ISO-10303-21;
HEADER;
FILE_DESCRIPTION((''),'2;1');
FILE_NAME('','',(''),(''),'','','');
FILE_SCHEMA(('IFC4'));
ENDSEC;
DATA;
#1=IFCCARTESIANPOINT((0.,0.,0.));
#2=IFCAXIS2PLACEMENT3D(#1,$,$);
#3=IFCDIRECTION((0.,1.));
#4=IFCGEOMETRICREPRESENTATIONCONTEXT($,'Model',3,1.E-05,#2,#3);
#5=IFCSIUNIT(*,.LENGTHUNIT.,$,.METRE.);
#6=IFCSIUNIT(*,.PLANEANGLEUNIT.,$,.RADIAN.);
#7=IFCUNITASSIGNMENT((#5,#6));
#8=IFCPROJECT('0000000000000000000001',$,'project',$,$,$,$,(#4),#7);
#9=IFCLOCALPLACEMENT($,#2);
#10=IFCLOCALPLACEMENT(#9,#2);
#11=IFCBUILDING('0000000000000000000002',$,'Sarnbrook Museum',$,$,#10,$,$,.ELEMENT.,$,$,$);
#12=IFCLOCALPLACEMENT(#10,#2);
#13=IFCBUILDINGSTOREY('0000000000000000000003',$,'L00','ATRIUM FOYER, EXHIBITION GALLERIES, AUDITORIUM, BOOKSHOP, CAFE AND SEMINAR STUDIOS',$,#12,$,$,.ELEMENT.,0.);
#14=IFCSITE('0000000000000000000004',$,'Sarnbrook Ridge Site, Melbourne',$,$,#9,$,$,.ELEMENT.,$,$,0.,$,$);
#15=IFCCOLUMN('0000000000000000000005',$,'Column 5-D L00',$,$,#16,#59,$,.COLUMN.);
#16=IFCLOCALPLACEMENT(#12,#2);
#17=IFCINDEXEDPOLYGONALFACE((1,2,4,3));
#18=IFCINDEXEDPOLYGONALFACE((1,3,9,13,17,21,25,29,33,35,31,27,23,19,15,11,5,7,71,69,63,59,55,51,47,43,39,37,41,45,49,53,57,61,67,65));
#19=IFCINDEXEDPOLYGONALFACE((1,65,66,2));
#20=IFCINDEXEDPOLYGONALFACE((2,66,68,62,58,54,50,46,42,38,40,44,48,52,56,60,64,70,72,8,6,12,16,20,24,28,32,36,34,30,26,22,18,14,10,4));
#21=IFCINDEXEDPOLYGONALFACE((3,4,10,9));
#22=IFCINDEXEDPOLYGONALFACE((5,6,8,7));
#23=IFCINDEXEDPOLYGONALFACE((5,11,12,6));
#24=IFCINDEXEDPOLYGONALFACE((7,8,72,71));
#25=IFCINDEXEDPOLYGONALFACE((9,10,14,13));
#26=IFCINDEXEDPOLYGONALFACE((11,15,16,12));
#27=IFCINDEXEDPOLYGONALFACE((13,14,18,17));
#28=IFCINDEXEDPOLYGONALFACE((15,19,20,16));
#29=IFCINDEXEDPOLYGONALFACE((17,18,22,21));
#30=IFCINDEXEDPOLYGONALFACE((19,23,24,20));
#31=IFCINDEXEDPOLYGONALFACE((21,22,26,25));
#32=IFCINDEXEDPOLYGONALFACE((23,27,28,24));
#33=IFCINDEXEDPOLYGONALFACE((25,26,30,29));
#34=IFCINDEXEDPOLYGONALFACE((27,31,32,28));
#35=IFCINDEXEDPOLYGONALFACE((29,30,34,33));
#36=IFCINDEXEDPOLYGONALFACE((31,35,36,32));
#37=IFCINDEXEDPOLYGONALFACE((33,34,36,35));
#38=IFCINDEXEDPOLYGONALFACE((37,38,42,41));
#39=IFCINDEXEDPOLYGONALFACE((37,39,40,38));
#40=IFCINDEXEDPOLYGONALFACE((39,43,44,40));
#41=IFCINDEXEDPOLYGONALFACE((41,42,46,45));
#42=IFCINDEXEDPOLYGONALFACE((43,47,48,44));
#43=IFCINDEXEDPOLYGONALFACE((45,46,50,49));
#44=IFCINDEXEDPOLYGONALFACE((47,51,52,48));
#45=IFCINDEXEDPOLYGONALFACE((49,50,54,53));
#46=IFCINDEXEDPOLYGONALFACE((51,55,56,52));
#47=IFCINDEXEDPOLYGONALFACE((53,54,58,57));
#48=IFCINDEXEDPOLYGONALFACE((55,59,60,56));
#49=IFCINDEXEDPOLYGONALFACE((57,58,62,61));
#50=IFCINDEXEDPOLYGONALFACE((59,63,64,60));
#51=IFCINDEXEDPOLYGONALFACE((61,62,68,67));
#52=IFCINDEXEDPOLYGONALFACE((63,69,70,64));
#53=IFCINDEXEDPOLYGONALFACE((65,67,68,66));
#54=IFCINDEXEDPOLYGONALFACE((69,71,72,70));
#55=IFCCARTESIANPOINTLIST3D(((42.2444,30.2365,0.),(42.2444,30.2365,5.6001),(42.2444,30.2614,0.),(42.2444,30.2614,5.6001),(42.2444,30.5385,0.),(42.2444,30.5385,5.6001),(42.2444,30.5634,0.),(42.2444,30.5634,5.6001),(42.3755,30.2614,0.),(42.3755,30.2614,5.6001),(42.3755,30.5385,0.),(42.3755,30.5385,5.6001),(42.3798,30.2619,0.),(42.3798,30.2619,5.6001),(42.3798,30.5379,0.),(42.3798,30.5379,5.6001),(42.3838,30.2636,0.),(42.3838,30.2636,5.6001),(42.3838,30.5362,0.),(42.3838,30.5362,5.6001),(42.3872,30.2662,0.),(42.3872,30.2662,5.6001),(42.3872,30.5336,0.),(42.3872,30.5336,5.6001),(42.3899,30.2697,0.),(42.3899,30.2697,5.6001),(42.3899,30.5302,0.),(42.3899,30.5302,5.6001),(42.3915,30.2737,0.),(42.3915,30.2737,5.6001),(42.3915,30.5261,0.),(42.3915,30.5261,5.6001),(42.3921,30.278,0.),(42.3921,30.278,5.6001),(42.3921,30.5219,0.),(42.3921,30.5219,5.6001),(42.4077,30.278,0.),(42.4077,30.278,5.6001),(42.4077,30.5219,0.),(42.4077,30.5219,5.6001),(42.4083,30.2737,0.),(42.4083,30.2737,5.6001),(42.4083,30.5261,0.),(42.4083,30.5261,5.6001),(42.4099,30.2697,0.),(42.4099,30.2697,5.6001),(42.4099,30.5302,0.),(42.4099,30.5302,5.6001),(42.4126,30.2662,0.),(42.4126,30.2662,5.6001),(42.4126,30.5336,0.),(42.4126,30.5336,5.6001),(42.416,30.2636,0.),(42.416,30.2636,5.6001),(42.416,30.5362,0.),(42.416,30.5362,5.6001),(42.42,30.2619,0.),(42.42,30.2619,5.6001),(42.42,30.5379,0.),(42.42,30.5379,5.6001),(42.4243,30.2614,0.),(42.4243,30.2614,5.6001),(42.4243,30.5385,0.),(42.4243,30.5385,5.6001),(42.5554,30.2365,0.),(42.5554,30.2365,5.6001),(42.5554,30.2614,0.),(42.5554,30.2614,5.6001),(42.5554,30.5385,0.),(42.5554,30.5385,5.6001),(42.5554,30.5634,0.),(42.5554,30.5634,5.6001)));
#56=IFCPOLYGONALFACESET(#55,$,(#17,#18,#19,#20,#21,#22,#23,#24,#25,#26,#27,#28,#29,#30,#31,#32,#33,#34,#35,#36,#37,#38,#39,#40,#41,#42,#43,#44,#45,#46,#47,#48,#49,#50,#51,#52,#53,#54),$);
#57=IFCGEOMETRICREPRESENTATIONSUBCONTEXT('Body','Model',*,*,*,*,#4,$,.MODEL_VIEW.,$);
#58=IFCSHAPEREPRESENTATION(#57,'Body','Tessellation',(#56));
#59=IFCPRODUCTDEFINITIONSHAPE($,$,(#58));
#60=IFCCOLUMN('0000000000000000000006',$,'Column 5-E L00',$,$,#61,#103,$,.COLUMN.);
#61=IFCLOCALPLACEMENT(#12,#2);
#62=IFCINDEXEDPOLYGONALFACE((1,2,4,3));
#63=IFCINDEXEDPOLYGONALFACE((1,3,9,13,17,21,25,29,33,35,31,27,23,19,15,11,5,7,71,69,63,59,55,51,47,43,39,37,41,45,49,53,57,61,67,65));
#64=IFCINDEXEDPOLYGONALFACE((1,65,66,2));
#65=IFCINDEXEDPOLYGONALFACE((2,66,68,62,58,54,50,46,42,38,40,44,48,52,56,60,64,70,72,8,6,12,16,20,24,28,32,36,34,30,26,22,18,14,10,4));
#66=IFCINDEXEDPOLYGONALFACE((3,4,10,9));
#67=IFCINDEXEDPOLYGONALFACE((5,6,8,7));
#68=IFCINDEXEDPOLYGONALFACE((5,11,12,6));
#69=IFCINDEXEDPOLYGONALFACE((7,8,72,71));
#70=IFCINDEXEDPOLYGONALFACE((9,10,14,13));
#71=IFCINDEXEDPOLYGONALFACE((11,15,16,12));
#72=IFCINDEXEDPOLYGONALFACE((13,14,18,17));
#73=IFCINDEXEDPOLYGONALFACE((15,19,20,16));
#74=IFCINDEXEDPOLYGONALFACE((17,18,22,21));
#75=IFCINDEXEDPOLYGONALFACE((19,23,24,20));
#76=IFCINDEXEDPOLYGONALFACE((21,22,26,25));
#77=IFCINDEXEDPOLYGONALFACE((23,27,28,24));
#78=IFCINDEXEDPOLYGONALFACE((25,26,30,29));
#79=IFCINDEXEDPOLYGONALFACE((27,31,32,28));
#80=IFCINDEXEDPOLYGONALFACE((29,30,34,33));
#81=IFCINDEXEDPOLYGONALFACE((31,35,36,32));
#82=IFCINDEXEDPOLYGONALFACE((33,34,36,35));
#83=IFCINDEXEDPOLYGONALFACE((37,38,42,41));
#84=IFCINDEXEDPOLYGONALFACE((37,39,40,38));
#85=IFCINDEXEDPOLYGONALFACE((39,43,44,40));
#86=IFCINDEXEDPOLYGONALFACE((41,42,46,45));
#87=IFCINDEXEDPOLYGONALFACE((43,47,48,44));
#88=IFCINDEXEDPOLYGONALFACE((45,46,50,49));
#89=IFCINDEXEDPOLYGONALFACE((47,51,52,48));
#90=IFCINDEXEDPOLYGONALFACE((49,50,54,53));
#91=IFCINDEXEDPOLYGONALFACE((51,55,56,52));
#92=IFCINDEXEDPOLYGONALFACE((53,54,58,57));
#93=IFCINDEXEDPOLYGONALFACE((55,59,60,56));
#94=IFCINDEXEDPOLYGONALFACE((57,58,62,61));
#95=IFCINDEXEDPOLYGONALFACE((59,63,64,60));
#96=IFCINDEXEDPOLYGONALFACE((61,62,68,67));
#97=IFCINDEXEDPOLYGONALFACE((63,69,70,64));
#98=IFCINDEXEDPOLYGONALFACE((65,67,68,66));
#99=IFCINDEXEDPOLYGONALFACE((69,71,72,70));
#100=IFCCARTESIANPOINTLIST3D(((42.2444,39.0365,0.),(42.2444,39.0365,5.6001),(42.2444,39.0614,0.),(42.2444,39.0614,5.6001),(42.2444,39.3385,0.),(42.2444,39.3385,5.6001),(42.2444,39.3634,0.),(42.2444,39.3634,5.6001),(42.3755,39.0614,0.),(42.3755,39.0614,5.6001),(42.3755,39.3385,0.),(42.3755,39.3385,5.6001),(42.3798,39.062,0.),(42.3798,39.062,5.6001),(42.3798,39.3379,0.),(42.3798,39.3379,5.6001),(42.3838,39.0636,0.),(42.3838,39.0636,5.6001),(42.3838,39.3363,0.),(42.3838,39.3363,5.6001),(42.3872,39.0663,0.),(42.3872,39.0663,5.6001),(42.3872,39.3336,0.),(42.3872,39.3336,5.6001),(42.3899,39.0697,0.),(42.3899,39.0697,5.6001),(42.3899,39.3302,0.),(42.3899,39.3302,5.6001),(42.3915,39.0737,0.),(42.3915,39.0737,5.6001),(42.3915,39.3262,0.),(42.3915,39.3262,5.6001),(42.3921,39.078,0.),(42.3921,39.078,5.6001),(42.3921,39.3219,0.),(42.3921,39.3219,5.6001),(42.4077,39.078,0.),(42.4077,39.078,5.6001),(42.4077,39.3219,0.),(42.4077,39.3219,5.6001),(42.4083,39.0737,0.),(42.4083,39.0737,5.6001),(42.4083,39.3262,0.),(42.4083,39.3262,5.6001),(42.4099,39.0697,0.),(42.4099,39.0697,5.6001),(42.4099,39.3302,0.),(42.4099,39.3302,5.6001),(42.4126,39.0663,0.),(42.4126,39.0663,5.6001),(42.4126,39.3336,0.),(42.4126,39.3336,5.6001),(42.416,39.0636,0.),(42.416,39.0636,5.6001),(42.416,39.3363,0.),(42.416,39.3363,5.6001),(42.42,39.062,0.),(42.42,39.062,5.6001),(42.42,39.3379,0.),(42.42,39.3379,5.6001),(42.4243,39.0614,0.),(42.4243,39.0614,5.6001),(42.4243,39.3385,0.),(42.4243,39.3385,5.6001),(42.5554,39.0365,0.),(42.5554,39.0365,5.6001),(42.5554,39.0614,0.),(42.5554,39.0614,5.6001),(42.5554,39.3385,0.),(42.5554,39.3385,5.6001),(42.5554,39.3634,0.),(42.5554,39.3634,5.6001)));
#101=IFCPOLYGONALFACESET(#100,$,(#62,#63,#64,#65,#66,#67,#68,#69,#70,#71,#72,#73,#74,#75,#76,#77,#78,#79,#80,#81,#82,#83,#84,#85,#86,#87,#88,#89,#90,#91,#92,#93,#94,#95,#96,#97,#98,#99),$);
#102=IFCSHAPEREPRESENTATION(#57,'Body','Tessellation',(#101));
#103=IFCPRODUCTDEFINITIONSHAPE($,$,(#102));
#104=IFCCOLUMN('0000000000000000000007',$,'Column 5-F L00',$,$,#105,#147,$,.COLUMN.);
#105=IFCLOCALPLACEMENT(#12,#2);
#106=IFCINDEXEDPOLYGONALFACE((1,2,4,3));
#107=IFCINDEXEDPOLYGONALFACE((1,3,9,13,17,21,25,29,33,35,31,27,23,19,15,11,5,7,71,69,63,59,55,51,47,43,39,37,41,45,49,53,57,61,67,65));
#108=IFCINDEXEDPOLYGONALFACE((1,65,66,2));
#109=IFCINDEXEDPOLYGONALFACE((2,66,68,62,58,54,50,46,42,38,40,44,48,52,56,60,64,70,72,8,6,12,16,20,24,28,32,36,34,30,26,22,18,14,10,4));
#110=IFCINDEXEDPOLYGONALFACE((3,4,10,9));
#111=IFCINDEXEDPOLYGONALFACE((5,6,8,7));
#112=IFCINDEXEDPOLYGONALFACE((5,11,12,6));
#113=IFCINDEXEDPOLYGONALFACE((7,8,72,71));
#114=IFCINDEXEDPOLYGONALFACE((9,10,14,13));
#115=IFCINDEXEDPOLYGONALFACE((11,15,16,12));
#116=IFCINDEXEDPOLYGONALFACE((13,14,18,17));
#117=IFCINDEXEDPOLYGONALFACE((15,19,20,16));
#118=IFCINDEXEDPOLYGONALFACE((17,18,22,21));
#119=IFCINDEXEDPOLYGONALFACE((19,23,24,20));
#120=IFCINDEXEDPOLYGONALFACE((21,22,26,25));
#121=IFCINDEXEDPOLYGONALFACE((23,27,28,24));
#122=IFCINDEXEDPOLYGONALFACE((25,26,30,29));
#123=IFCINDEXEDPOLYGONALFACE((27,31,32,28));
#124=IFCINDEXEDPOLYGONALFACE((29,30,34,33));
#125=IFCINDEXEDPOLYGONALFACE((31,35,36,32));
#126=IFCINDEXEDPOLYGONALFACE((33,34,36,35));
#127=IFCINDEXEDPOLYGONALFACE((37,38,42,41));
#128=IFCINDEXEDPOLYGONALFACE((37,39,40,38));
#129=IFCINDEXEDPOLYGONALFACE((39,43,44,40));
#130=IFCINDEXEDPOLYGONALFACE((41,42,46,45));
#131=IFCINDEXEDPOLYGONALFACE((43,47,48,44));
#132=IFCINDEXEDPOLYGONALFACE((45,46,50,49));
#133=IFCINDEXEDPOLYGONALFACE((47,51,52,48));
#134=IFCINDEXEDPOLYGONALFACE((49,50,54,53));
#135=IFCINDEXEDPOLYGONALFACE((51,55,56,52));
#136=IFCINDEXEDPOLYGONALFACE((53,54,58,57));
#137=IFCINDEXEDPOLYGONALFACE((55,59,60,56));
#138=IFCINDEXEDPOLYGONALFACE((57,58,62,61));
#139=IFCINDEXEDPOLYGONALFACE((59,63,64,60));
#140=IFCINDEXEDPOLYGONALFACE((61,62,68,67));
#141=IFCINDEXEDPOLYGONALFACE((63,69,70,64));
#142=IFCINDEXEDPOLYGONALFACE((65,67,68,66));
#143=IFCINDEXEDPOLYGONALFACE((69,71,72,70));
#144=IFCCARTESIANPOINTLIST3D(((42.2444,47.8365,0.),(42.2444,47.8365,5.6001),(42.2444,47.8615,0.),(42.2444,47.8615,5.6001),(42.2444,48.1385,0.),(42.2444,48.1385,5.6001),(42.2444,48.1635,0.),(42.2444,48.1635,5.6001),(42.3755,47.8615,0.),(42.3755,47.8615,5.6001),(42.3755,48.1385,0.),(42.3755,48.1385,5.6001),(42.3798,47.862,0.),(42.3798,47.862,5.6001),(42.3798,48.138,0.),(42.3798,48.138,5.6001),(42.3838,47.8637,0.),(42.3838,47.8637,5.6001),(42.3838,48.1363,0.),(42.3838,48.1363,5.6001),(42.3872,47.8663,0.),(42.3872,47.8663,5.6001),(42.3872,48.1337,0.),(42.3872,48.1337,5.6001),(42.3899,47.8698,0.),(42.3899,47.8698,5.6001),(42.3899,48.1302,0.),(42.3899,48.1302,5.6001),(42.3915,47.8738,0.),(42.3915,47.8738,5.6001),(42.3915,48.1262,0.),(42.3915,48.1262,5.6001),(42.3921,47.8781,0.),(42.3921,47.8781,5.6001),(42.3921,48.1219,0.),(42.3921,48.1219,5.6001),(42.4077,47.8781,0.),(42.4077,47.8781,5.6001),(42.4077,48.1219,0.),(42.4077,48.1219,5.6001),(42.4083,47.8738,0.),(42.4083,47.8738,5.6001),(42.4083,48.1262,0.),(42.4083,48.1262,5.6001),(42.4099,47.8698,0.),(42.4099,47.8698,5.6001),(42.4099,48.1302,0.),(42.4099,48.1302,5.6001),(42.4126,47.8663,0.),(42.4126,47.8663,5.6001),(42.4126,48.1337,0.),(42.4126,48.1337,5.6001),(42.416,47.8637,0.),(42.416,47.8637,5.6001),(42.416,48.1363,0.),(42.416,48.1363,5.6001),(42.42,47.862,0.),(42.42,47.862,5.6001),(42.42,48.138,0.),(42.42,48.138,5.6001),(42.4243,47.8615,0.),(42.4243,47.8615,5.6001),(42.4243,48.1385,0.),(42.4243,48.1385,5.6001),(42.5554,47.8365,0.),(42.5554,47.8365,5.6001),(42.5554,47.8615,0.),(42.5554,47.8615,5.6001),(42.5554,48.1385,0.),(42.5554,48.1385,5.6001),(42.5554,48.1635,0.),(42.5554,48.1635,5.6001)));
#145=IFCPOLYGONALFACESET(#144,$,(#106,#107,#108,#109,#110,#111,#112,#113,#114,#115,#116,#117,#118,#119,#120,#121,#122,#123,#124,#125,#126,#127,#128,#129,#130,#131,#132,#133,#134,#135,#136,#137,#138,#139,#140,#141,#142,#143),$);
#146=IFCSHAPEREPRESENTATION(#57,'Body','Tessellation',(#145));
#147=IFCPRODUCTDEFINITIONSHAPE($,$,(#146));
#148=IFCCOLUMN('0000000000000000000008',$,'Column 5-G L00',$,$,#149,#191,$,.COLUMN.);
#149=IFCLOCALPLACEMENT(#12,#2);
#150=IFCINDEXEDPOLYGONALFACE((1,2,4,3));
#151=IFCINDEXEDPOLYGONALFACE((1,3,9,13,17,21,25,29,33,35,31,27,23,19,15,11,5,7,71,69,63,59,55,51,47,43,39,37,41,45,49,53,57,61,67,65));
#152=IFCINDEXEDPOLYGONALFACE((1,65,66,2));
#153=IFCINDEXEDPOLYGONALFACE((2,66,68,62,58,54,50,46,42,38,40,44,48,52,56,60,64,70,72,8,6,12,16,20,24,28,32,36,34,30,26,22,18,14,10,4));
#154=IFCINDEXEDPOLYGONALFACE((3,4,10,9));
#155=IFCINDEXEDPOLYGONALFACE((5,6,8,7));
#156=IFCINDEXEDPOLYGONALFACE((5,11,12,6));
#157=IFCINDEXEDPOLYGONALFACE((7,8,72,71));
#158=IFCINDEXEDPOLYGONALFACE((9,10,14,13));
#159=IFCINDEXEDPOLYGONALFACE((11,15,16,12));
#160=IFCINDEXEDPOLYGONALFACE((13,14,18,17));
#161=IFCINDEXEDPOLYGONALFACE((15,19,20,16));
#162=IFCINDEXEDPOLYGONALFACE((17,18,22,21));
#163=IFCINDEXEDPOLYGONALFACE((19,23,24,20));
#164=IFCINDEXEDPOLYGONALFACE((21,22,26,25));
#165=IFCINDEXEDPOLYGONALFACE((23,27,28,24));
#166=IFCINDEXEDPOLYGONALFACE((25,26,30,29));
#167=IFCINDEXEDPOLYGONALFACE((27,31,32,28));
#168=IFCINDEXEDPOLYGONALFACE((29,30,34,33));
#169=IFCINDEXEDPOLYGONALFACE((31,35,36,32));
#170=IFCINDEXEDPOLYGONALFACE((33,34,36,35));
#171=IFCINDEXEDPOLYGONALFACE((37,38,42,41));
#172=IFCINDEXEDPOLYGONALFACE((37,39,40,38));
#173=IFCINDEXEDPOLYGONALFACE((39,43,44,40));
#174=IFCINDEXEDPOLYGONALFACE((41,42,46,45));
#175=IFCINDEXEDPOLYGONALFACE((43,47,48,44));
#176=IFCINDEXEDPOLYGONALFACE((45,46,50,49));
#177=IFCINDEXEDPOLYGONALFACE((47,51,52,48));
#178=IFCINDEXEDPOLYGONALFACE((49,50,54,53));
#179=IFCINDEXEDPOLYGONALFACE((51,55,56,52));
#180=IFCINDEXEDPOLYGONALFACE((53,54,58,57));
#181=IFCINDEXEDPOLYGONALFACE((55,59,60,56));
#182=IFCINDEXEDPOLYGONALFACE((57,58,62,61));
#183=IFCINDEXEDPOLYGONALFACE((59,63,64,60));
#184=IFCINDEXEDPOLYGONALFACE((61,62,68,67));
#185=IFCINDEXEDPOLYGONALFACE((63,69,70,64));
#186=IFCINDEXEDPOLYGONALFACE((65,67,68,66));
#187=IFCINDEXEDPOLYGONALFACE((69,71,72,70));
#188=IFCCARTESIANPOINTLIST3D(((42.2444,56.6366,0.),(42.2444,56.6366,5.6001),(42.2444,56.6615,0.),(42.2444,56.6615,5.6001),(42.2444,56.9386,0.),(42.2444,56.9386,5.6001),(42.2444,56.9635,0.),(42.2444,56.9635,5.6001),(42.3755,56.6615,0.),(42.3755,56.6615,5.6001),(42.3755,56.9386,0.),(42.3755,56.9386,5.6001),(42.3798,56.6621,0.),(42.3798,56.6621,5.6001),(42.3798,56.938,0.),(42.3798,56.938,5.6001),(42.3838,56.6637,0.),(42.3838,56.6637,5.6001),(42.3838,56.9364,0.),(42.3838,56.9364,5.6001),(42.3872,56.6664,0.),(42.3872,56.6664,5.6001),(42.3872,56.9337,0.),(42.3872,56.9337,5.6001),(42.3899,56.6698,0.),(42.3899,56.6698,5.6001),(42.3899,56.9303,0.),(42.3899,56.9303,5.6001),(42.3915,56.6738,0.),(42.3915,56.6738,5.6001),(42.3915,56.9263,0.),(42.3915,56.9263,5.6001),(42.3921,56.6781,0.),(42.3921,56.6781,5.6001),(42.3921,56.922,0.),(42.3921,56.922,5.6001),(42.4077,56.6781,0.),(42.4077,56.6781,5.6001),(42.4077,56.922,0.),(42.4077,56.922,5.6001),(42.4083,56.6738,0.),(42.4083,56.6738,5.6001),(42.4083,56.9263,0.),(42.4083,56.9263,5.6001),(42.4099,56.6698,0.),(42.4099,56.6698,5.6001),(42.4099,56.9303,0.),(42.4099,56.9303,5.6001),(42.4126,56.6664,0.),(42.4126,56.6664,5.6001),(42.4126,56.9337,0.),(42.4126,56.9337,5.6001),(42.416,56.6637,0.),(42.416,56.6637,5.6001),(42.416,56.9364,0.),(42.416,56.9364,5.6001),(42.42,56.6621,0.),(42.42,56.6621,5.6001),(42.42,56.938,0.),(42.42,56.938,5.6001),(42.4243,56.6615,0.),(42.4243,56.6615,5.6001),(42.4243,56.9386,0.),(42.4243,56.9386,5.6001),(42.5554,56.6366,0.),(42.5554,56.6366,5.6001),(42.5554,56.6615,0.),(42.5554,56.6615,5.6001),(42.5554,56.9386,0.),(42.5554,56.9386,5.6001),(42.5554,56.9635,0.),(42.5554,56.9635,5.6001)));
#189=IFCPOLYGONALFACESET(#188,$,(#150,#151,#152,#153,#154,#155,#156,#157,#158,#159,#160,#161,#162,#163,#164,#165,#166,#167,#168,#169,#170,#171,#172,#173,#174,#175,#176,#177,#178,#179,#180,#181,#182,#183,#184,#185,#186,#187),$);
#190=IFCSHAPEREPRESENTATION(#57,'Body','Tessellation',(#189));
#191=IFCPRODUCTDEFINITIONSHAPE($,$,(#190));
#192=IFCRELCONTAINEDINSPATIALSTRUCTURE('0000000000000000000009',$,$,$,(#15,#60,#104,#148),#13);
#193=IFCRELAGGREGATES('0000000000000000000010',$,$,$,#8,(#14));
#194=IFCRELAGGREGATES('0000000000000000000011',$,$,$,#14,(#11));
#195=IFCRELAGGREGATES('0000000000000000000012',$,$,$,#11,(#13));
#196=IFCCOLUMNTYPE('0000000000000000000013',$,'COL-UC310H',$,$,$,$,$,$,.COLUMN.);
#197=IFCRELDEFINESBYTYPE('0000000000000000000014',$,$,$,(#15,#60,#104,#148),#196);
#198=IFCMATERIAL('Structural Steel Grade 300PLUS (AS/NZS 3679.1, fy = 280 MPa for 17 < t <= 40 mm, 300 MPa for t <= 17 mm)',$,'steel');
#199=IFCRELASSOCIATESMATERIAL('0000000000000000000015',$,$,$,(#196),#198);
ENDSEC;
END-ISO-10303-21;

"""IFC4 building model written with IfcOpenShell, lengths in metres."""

from ifc_helpers import new_model, si_unit, direction, frame, origin, origin_2d, place, context, subcontext, project, spatial, i_section, extrude, material, material_profile, profile_set, type_object, element, save


model = new_model("IFC4")

# Units and contexts
model_context = context("Model", 3, precision=1e-05, world=origin(), true_north=direction((0.0, 1.0)))
body_context = subcontext(model_context, "Body", "Model", "MODEL_VIEW")
ifc_project = project(units=[si_unit("LENGTHUNIT", "METRE"), si_unit("PLANEANGLEUNIT", "RADIAN")], contexts=[model_context])

# Site, building, storey
site_placement = place(None, origin())
site = spatial("IfcSite", under=ifc_project, at=site_placement, Name="Sarnbrook Ridge Site, Melbourne", CompositionType="ELEMENT", RefElevation=0.0)
building_placement = place(site_placement, origin())
building = spatial("IfcBuilding", under=site, at=building_placement, Name="Sarnbrook Museum", CompositionType="ELEMENT")
storey_placement = place(building_placement, origin())
storey = spatial("IfcBuildingStorey", under=building, at=storey_placement, Name="L00", Description="ATRIUM FOYER, EXHIBITION GALLERIES, AUDITORIUM, BOOKSHOP, CAFE AND SEMINAR STUDIOS", CompositionType="ELEMENT", Elevation=0.0)

# Columns
ifc_material_1 = material(Name="Structural Steel Grade 300PLUS (AS/NZS 3679.1, fy = 280 MPa for 17 < t <= 40 mm, 300 MPa for t <= 17 mm)", Category="steel")
ifc_material_profile_1 = material_profile(ifc_material_1, i_section(OverallWidth=0.311, OverallDepth=0.3269, WebThickness=0.0156, FlangeThickness=0.0249, FilletRadius=0.0166, at=origin_2d()), Name="310UC158")
ifc_profile_set_1 = profile_set([ifc_material_profile_1], Name="Structural Steel Grade 300PLUS (AS/NZS 3679.1, fy = 280 MPa for 17 < t <= 40 mm, 300 MPa for t <= 17 mm)")
column_type = type_object("IfcColumnType", Name="COL-UC310H", PredefinedType="COLUMN", material=ifc_profile_set_1)
for number, where, z_axis, x_axis, name in (
    (1, (42.3999, 30.3999, 0.0), (0.0, 0.0, 1.0), (1.0, 0.0, 0.0), "Column 5-D L00"),
    (2, (42.3999, 39.2, 0.0), (0.0, 0.0, 1.0), (1.0, 0.0, 0.0), "Column 5-E L00"),
    (3, (42.3999, 48.0, 0.0), (0.0, 0.0, 1.0), (1.0, 0.0, 0.0), "Column 5-F L00"),
    (4, (42.3999, 56.8, 0.0), (0.0, 0.0, 1.0), (1.0, 0.0, 0.0), "Column 5-G L00"),
):
    element("IfcColumn", number, at=place(storey_placement, frame(where, z_axis=z_axis, x_axis=x_axis)), inside=storey, type_object=column_type, Name=name, PredefinedType="COLUMN", context=body_context, shape_type="SweptSolid", body=[
        extrude(i_section(OverallWidth=0.311, OverallDepth=0.3269, WebThickness=0.0156, FlangeThickness=0.0249, FilletRadius=0.0166, at=origin_2d()), origin(), (0.0, 0.0, 1.0), 5.6001),
    ])

save(model, "model.ifc")
